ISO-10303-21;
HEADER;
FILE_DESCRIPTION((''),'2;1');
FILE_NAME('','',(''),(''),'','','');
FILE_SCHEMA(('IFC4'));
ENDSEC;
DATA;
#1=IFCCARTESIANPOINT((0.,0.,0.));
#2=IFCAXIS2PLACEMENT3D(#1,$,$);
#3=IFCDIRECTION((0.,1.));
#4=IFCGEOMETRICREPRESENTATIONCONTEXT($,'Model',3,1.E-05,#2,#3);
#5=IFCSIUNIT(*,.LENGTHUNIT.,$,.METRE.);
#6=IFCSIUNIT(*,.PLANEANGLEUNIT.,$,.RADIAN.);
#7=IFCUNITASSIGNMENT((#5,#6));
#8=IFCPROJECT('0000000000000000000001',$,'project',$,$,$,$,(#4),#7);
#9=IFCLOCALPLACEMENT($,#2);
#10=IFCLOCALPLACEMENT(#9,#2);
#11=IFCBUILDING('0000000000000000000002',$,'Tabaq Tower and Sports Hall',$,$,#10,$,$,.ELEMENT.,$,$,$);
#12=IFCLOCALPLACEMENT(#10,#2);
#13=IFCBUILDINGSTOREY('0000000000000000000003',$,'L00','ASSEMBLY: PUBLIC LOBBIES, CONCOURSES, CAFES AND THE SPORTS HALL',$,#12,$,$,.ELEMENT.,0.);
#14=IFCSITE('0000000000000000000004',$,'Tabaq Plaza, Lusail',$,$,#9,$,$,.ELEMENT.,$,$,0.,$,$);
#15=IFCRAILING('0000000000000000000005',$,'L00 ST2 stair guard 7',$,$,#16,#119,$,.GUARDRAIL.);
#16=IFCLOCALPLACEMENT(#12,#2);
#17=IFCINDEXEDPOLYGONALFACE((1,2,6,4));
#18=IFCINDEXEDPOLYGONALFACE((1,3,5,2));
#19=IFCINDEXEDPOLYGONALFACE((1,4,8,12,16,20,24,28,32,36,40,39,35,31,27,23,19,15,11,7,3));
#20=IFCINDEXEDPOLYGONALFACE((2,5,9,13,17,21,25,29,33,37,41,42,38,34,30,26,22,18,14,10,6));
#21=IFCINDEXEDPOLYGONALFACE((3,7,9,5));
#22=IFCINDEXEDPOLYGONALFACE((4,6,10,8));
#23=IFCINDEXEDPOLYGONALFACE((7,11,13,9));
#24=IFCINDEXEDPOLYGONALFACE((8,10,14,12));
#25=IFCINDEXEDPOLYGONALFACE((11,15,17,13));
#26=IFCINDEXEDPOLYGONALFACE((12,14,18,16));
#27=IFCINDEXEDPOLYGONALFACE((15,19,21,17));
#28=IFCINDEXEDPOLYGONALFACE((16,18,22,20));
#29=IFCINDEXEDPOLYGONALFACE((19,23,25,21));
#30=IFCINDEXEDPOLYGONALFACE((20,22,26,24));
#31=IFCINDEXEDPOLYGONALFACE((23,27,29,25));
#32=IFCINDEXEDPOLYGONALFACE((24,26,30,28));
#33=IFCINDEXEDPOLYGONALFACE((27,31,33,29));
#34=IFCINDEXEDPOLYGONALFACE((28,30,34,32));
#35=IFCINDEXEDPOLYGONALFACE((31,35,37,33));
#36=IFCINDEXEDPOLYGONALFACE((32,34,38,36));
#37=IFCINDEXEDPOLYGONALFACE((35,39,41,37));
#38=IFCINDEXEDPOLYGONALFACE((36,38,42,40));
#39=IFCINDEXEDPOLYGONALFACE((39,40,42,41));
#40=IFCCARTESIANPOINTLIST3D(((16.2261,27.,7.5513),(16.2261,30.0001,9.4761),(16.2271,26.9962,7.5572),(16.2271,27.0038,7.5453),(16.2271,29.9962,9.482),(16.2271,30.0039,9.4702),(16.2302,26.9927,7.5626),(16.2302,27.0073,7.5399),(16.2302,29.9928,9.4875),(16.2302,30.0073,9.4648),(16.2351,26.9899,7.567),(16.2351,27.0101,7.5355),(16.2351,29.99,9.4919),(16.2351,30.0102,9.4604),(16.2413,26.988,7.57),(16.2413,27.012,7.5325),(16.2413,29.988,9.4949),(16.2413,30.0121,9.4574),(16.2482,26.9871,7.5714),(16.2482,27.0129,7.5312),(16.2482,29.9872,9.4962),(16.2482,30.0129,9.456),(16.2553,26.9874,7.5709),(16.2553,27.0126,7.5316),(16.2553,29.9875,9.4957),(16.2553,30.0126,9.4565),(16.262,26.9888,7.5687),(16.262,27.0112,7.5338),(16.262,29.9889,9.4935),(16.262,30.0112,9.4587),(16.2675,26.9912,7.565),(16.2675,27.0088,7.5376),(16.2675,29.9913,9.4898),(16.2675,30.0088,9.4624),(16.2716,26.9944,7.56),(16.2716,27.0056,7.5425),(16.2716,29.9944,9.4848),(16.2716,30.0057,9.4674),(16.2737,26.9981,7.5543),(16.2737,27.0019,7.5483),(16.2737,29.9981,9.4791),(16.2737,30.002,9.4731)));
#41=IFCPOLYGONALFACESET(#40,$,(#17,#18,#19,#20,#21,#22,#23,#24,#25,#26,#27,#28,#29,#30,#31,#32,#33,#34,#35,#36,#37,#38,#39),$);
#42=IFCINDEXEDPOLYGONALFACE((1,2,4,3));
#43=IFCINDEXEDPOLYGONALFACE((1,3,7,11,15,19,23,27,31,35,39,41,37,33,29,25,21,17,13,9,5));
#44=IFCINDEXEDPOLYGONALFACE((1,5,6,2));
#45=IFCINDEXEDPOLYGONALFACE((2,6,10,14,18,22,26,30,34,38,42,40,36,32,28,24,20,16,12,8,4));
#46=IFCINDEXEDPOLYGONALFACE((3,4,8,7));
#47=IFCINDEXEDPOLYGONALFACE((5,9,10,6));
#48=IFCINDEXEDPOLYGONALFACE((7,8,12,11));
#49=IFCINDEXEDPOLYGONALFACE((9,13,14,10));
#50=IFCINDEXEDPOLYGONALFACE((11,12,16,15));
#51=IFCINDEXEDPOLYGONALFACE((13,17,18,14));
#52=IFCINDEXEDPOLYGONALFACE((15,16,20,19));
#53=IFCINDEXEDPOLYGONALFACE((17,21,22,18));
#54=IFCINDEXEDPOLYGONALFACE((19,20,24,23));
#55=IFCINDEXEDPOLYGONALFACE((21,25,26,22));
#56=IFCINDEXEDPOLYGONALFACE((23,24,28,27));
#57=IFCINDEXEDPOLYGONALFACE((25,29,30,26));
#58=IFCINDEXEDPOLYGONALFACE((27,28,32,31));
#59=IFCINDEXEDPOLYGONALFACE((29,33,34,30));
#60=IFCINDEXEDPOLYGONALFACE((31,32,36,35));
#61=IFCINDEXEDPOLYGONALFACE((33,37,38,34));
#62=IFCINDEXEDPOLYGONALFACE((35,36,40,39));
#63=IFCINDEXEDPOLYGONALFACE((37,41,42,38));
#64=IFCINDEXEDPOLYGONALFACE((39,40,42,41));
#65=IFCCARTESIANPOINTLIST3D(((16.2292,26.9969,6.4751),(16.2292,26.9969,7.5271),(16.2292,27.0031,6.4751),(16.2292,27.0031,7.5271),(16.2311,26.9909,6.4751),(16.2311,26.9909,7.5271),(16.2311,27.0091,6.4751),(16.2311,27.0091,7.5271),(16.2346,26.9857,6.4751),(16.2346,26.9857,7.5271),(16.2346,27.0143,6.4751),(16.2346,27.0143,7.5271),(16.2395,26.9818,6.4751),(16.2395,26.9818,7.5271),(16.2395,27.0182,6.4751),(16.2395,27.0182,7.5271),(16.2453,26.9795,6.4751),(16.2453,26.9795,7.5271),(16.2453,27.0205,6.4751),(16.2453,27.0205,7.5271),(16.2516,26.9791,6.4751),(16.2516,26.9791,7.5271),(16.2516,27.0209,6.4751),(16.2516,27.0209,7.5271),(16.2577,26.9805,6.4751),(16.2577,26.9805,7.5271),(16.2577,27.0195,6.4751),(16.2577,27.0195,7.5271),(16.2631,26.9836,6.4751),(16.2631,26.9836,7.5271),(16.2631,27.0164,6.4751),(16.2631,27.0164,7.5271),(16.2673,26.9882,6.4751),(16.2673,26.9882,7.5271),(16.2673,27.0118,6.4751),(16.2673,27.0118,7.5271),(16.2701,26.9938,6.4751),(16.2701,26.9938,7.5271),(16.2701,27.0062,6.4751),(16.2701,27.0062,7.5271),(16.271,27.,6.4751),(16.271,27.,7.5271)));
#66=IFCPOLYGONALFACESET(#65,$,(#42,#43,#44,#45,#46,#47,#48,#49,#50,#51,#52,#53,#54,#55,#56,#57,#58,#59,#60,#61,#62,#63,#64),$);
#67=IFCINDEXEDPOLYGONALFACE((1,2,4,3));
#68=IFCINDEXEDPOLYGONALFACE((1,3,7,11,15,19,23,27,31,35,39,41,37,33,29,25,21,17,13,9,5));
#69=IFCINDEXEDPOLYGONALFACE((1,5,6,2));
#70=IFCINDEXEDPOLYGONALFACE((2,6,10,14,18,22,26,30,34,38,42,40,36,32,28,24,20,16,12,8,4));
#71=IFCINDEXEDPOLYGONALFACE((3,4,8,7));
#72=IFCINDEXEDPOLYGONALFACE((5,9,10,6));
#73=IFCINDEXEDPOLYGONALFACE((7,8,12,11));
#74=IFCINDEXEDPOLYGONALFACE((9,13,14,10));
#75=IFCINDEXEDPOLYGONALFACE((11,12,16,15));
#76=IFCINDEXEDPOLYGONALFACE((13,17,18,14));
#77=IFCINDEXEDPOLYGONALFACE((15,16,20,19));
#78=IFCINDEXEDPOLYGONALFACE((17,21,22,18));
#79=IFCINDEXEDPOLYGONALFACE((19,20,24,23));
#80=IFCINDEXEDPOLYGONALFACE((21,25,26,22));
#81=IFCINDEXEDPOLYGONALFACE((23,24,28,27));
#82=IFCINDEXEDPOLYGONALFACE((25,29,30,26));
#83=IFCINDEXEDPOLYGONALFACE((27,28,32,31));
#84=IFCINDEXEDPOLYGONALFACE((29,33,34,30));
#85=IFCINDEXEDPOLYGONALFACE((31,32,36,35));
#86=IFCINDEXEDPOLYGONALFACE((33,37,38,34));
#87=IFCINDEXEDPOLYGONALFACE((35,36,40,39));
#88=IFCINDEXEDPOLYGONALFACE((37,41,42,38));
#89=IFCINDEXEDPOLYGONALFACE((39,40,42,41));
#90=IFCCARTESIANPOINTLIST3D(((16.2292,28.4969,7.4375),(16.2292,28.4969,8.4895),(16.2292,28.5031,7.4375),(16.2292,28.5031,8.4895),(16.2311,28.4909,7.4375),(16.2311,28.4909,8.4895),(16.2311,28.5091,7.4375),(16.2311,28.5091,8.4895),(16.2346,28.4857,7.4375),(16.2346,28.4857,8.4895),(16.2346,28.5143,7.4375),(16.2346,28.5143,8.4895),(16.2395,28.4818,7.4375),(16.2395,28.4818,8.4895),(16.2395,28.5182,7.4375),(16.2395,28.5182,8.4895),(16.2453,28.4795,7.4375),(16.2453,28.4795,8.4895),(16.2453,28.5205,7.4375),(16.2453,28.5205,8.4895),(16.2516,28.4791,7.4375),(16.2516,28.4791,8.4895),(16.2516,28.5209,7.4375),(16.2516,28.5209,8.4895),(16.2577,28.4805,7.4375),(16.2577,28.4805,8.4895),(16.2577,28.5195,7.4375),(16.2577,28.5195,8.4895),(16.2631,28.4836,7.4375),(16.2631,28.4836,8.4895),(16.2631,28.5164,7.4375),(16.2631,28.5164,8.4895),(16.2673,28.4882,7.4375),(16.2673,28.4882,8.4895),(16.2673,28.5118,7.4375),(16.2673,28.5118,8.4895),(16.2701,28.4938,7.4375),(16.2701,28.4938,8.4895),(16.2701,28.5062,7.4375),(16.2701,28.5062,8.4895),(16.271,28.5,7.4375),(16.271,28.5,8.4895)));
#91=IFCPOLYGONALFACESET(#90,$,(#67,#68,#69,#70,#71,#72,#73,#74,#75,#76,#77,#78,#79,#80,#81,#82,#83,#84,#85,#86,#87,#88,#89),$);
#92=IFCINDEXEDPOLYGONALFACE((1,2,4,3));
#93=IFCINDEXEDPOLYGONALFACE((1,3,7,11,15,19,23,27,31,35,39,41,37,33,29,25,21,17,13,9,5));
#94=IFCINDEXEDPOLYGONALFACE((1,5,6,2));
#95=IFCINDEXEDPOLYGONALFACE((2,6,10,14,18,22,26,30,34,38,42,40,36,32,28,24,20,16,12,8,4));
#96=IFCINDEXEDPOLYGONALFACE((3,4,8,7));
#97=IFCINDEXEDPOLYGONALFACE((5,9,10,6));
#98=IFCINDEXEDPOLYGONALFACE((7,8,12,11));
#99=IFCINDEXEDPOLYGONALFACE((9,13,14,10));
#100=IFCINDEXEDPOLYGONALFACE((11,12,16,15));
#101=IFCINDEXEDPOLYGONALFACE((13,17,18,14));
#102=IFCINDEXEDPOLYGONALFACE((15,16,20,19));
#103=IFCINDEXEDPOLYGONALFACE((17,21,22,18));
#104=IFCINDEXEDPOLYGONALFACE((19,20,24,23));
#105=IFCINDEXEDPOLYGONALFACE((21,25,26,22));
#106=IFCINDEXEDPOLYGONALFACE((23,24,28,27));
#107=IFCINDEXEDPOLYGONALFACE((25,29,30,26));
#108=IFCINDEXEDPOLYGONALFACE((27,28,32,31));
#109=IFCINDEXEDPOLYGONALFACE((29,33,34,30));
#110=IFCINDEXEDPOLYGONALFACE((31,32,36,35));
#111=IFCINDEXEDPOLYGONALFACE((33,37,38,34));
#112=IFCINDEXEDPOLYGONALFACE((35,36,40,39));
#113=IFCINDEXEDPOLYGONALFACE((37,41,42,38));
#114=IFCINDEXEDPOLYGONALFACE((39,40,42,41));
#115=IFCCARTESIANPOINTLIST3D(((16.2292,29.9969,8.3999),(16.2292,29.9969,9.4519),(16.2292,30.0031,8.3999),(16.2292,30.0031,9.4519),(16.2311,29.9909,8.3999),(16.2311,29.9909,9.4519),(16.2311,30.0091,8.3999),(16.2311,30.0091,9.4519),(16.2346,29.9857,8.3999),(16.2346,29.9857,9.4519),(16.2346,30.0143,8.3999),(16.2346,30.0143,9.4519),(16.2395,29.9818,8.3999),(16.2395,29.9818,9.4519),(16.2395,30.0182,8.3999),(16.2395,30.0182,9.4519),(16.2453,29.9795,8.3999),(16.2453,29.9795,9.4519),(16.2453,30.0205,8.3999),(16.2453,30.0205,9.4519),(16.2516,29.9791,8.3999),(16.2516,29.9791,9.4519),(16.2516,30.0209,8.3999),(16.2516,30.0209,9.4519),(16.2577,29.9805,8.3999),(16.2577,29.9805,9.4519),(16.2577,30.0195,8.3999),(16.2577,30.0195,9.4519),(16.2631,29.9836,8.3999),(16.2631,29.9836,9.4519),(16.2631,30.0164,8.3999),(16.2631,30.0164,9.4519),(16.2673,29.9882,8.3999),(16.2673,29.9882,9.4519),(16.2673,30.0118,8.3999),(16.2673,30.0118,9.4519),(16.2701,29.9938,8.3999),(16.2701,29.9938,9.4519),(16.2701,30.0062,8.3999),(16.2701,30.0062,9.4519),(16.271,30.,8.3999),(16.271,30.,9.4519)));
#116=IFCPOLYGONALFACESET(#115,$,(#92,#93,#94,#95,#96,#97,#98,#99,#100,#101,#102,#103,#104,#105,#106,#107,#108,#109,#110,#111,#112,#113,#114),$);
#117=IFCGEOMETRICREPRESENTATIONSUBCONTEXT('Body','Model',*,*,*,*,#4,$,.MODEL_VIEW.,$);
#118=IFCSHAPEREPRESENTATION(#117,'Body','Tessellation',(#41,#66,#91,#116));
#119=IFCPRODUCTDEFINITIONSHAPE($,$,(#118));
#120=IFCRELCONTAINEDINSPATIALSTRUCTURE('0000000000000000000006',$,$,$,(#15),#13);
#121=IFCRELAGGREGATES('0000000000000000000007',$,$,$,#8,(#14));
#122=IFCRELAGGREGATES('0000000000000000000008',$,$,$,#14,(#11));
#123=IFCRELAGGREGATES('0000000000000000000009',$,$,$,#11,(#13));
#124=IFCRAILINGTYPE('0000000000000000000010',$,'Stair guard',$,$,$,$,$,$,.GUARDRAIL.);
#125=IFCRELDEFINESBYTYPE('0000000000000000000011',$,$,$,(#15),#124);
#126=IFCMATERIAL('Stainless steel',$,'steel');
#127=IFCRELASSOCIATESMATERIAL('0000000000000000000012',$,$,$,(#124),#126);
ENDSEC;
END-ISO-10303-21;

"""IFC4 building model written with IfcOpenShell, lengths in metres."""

from ifc_helpers import new_model, si_unit, direction, frame, origin, origin_2d, place, context, subcontext, project, spatial, circle, extrude, material, type_object, element, save


model = new_model("IFC4")

# Units and contexts
model_context = context("Model", 3, precision=1e-05, world=origin(), true_north=direction((0.0, 1.0)))
body_context = subcontext(model_context, "Body", "Model", "MODEL_VIEW")
ifc_project = project(units=[si_unit("LENGTHUNIT", "METRE"), si_unit("PLANEANGLEUNIT", "RADIAN")], contexts=[model_context])

# Site, building, storey
site_placement = place(None, origin())
site = spatial("IfcSite", under=ifc_project, at=site_placement, Name="Tabaq Plaza, Lusail", CompositionType="ELEMENT", RefElevation=0.0)
building_placement = place(site_placement, origin())
building = spatial("IfcBuilding", under=site, at=building_placement, Name="Tabaq Tower and Sports Hall", CompositionType="ELEMENT")
storey_placement = place(building_placement, origin())
storey = spatial("IfcBuildingStorey", under=building, at=storey_placement, Name="L00", Description="ASSEMBLY: PUBLIC LOBBIES, CONCOURSES, CAFES AND THE SPORTS HALL", CompositionType="ELEMENT", Elevation=0.0)

# Railing
ifc_material_1 = material(Name="Stainless steel", Category="steel")
railing_type_1 = type_object("IfcRailingType", Name="Stair guard", PredefinedType="GUARDRAIL", material=ifc_material_1)
railing_1_placement = place(storey_placement, frame((16.25, 27.0, 6.4751)))
element("IfcRailing", 1, at=railing_1_placement, inside=storey, type_object=railing_type_1, Name="L00 ST2 stair guard 7", PredefinedType="GUARDRAIL", context=body_context, shape_type="SweptSolid", body=[
    extrude(circle(Radius=0.0239, at=origin_2d()), frame((0.0, 0.0, 1.0762), z_axis=(0.0, 0.841659, 0.54001), x_axis=(-1.0, 0.0, 0.0)), (0.0, 0.0, 1.0), 3.5645),
    extrude(circle(Radius=0.021, at=origin_2d()), origin(), (0.0, 0.0, 1.0), 1.052),
    extrude(circle(Radius=0.021, at=origin_2d()), frame((0.0, 1.5, 0.9624)), (0.0, 0.0, 1.0), 1.052),
    extrude(circle(Radius=0.021, at=origin_2d()), frame((0.0, 3.0, 1.9248)), (0.0, 0.0, 1.0), 1.052),
])

save(model, "model.ifc")
